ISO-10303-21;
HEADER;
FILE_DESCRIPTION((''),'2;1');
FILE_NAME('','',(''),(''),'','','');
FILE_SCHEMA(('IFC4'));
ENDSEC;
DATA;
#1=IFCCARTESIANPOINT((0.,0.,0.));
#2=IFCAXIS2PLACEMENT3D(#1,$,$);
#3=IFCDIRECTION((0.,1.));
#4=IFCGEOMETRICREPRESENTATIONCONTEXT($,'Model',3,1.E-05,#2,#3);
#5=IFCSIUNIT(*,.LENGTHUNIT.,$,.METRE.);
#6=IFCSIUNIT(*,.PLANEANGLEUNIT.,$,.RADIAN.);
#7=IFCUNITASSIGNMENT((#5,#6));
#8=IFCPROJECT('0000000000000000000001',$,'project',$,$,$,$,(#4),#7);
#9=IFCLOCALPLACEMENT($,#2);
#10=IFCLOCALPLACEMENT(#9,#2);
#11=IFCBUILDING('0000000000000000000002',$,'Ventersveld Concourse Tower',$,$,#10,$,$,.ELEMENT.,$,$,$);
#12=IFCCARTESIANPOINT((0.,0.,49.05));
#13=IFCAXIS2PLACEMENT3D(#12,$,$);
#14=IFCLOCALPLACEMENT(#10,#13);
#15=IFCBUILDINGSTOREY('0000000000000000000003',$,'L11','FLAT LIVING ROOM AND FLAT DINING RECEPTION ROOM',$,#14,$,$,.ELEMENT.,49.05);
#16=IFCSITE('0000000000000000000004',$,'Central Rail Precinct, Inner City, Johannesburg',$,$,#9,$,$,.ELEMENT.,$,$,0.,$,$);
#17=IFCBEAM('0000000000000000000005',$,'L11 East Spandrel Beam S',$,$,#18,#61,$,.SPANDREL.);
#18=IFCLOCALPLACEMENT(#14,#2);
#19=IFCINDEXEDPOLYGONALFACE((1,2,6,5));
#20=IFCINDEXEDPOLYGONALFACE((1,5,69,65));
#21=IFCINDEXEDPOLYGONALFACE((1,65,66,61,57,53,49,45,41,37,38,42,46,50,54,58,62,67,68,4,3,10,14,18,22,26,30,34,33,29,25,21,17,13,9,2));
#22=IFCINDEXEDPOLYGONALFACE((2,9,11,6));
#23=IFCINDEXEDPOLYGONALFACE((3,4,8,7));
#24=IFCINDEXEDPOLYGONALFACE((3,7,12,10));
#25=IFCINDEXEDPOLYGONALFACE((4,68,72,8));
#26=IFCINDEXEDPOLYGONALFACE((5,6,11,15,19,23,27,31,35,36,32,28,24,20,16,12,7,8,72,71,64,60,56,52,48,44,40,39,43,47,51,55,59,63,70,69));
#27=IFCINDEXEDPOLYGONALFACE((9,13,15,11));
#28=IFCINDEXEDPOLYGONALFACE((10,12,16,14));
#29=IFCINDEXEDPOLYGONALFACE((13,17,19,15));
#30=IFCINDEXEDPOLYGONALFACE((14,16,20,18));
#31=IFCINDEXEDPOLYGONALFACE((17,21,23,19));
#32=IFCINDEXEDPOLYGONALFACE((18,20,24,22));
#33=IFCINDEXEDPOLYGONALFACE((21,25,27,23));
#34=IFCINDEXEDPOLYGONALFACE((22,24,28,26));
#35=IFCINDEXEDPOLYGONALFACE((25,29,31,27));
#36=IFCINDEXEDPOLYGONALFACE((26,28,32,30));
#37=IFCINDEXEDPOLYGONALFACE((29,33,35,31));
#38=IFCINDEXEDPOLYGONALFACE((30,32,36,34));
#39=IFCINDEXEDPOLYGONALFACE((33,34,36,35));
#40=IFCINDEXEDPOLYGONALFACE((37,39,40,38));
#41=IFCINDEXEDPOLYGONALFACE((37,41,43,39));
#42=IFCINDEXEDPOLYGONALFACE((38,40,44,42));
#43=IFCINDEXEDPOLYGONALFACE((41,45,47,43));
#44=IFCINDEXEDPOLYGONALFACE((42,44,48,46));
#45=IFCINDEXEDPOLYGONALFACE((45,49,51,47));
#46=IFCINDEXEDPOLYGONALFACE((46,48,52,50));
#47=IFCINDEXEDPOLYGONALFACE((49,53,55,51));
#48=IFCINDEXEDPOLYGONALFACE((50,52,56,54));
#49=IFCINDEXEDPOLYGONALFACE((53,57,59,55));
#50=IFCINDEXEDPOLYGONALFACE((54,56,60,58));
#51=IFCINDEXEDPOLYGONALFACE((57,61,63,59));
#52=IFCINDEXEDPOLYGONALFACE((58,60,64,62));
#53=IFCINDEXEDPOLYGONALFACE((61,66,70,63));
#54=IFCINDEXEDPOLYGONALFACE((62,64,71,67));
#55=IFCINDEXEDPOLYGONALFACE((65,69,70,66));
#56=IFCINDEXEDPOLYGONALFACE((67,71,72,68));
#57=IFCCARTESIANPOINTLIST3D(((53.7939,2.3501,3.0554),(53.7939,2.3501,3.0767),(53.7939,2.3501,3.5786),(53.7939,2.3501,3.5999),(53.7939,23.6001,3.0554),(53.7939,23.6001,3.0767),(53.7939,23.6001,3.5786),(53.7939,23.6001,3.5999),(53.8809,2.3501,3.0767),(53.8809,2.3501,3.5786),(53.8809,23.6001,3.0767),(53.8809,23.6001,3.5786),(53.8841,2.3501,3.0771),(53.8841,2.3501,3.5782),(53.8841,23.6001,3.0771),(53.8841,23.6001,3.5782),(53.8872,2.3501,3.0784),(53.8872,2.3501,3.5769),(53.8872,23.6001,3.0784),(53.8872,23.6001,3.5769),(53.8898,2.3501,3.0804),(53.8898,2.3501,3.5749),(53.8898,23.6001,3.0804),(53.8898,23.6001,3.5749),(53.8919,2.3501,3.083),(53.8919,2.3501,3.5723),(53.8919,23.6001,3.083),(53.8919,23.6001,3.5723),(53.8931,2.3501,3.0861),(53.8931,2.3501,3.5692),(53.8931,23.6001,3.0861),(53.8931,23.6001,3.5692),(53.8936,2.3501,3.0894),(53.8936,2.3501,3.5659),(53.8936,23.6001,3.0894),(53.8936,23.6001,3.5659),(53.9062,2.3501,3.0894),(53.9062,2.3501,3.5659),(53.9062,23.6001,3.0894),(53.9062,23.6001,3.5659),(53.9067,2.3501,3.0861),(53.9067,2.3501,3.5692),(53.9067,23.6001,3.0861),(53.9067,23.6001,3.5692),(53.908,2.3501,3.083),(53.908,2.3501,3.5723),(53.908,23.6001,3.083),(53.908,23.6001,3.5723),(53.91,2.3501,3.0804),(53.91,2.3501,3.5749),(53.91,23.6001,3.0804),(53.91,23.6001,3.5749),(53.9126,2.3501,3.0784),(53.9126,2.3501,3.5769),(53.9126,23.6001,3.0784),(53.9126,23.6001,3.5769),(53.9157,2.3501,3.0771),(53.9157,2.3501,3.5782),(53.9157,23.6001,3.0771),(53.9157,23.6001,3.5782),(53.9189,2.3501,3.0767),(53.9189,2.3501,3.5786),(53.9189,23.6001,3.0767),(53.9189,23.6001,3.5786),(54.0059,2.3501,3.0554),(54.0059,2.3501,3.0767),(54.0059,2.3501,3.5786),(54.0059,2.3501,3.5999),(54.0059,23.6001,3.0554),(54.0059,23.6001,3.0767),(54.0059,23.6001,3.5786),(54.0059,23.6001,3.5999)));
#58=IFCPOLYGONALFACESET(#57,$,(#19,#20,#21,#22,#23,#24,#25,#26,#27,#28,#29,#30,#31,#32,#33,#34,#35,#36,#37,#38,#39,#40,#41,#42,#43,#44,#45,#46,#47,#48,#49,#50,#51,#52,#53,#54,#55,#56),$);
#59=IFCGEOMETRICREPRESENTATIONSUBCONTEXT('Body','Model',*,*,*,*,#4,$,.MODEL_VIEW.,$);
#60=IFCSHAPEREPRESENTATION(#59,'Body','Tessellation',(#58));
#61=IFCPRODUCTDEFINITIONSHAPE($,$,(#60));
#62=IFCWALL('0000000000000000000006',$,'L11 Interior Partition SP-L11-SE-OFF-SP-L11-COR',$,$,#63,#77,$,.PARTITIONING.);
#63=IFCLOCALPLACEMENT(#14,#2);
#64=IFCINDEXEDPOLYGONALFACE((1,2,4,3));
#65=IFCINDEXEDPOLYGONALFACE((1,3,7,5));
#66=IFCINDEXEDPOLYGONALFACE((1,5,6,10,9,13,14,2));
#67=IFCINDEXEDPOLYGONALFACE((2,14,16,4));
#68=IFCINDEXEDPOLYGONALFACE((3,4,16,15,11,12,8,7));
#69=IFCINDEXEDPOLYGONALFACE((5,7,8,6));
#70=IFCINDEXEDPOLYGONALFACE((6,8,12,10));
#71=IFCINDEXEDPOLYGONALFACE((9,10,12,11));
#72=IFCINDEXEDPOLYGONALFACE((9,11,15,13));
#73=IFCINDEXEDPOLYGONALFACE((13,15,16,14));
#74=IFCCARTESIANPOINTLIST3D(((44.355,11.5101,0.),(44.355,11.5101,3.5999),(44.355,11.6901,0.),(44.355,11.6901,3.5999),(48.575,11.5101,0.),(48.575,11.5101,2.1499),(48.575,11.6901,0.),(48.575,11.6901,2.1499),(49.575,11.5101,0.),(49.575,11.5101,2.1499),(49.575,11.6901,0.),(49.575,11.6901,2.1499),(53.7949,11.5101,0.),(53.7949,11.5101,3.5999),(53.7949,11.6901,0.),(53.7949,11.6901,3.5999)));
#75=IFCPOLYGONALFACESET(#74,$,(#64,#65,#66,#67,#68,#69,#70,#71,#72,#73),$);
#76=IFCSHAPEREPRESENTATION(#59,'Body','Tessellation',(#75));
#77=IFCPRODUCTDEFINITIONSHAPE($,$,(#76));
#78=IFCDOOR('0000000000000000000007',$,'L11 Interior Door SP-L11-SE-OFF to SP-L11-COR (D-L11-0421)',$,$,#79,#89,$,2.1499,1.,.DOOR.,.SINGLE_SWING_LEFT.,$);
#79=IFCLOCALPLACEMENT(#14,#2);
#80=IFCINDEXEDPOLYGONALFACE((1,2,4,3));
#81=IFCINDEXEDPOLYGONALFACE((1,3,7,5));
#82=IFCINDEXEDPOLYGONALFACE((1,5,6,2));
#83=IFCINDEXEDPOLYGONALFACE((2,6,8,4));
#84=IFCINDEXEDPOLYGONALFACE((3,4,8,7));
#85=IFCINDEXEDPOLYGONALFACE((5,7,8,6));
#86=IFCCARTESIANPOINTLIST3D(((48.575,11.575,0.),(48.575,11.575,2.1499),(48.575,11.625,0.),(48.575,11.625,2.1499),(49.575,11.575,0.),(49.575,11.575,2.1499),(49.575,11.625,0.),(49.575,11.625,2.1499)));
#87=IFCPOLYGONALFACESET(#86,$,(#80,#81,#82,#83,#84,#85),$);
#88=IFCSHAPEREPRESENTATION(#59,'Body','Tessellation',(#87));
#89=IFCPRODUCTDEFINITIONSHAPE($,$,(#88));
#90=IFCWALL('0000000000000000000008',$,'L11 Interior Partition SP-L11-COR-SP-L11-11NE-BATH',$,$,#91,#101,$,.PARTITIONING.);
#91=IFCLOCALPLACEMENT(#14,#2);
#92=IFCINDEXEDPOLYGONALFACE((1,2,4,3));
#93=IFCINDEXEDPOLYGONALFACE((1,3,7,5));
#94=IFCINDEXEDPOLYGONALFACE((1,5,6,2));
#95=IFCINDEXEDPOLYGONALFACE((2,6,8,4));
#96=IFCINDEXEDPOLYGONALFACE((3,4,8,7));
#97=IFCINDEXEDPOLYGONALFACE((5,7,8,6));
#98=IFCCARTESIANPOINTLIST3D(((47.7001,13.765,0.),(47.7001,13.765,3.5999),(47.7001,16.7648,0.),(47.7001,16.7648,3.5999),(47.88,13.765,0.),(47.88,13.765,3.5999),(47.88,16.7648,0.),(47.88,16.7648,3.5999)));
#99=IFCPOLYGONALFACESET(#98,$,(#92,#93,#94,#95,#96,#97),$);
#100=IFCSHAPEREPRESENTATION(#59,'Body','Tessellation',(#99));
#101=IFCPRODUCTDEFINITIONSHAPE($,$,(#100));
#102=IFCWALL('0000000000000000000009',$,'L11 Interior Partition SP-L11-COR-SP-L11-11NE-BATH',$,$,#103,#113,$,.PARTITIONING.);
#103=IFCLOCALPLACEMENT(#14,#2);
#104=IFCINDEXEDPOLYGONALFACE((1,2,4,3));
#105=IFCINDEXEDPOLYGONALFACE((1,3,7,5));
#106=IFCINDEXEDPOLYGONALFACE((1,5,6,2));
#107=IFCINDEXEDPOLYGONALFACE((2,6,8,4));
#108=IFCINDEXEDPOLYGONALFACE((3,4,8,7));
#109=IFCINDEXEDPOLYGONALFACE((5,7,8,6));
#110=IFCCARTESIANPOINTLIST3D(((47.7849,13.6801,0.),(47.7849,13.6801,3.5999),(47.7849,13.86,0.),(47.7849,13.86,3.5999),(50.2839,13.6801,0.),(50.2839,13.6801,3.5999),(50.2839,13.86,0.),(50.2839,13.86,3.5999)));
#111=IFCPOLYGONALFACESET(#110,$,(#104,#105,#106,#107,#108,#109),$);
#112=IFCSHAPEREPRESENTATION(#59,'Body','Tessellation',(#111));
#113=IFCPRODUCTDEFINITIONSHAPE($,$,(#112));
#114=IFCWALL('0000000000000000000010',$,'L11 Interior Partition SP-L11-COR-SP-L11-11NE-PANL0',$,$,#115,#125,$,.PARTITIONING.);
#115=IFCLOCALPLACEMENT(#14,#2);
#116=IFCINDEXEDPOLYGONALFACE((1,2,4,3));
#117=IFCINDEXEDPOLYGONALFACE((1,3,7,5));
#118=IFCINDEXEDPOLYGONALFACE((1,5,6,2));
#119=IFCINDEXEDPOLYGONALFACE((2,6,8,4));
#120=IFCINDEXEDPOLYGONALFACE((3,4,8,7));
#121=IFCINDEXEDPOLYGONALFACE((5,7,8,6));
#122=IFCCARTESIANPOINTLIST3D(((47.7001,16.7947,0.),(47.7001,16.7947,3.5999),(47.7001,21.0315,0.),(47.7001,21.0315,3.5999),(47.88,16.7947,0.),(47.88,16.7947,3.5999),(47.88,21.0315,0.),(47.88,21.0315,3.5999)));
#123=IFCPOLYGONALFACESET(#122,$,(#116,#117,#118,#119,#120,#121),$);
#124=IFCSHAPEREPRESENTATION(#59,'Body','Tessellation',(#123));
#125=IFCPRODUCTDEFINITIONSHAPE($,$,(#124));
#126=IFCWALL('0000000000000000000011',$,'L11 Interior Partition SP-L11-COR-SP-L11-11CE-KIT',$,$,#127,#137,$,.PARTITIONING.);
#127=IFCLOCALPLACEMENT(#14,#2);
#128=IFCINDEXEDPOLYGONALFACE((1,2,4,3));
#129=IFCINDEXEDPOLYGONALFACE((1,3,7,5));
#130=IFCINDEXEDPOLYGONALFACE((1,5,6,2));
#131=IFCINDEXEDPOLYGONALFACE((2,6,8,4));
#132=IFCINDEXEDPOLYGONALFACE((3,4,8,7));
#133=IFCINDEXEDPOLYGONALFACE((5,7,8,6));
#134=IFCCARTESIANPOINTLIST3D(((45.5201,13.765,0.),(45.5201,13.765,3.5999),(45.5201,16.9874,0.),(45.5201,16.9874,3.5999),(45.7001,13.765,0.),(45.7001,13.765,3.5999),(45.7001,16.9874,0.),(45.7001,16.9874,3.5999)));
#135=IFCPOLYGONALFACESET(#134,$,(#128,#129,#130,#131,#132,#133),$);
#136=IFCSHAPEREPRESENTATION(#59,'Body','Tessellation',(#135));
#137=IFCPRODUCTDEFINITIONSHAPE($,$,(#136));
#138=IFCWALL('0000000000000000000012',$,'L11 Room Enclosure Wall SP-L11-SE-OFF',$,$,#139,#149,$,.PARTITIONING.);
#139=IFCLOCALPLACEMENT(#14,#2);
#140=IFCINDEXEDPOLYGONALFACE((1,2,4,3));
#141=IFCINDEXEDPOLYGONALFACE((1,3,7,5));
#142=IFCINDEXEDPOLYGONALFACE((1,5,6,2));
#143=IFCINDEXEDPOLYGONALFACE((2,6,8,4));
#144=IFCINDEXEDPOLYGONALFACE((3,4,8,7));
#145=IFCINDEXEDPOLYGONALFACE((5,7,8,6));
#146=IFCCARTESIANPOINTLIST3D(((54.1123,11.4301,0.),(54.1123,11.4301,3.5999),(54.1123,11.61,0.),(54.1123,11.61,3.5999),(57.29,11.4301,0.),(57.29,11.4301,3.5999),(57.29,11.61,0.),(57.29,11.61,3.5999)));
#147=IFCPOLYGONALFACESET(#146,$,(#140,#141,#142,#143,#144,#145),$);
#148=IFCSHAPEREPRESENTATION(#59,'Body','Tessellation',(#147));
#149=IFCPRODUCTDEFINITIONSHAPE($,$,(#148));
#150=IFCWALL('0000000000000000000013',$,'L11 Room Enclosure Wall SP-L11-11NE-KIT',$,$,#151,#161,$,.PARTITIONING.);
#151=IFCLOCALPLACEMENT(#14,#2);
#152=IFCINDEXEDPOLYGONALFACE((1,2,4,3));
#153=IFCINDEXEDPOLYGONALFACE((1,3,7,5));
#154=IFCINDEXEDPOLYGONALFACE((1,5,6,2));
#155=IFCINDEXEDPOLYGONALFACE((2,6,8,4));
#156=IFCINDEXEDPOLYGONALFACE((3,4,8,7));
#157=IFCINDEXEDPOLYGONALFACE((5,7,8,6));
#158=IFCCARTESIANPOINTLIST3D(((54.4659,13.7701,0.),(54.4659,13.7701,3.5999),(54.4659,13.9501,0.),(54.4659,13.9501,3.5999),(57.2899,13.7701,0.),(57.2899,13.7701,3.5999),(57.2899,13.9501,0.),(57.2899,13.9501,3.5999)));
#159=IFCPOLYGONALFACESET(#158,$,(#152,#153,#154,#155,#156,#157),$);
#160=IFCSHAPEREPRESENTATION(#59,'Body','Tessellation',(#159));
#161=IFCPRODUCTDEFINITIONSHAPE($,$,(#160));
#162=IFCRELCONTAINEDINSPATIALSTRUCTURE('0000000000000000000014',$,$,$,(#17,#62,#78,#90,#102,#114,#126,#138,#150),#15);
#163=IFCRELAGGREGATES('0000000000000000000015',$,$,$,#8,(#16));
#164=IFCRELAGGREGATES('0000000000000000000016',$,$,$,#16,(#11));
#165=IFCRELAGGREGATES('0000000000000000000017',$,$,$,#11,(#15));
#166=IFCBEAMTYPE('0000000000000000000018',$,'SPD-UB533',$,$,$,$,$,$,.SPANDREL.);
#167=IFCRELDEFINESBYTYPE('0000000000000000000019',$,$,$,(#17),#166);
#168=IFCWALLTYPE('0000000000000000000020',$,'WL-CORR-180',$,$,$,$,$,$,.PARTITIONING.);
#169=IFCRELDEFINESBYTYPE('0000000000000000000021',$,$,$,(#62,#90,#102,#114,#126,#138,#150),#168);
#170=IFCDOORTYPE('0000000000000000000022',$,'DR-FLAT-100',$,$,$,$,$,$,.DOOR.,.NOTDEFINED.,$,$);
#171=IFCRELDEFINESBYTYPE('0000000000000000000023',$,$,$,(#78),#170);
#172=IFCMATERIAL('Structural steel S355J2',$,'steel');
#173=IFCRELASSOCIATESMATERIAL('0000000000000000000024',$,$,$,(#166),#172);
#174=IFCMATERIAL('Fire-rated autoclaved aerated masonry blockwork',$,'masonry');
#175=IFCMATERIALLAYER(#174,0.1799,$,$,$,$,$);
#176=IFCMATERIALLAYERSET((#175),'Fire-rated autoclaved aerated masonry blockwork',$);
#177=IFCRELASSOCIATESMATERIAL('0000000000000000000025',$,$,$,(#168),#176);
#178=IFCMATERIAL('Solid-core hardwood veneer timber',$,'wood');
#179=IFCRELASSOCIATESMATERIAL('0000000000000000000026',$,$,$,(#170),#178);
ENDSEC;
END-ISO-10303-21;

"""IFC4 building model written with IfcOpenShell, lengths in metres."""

from ifc_helpers import new_model, si_unit, direction, frame, frame_2d, origin, origin_2d, place, context, subcontext, project, spatial, rectangle, i_section, extrude, material, layer, layer_set, material_profile, profile_set, type_object, element, fill, save


model = new_model("IFC4")

# Units and contexts
model_context = context("Model", 3, precision=1e-05, world=origin(), true_north=direction((0.0, 1.0)))
body_context = subcontext(model_context, "Body", "Model", "MODEL_VIEW")
ifc_project = project(units=[si_unit("LENGTHUNIT", "METRE"), si_unit("PLANEANGLEUNIT", "RADIAN")], contexts=[model_context])

# Site, building, storey
site_placement = place(None, origin())
site = spatial("IfcSite", under=ifc_project, at=site_placement, Name="Central Rail Precinct, Inner City, Johannesburg", CompositionType="ELEMENT", RefElevation=0.0)
building_placement = place(site_placement, origin())
building = spatial("IfcBuilding", under=site, at=building_placement, Name="Ventersveld Concourse Tower", CompositionType="ELEMENT")
storey_placement = place(building_placement, frame((0.0, 0.0, 49.05)))
storey = spatial("IfcBuildingStorey", under=building, at=storey_placement, Name="L11", Description="FLAT LIVING ROOM AND FLAT DINING RECEPTION ROOM", CompositionType="ELEMENT", Elevation=49.05)

# Shared definitions
ifc_material_1 = material(Name="Structural steel S355J2", Category="steel")

# Beam
ifc_material_profile_1 = material_profile(ifc_material_1, i_section(OverallWidth=0.2119, OverallDepth=0.5444, WebThickness=0.0127, FlangeThickness=0.0212, FilletRadius=0.0127, at=origin_2d()), Name="UB 533x210x122")
ifc_profile_set_1 = profile_set([ifc_material_profile_1], Name="Structural steel S355J2")
beam_type_1 = type_object("IfcBeamType", Name="SPD-UB533", PredefinedType="SPANDREL", material=ifc_profile_set_1)
beam_1_placement = place(storey_placement, frame((53.8999, 2.3501, 3.3276), z_axis=(0.0, 1.0, 0.0), x_axis=(-1.0, 0.0, 0.0)))
element("IfcBeam", 1, at=beam_1_placement, inside=storey, type_object=beam_type_1, Name="L11 East Spandrel Beam S", PredefinedType="SPANDREL", context=body_context, shape_type="SweptSolid", body=[
    extrude(i_section(OverallWidth=0.2119, OverallDepth=0.5444, WebThickness=0.0127, FlangeThickness=0.0212, FilletRadius=0.0127, at=origin_2d()), origin(), (0.0, 0.0, 1.0), 21.25),
])

# Wall, opening, door
ifc_material_2 = material(Name="Fire-rated autoclaved aerated masonry blockwork", Category="masonry")
ifc_layer_1 = layer(ifc_material_2, 0.1799)
ifc_layer_set_1 = layer_set([ifc_layer_1], Name="Fire-rated autoclaved aerated masonry blockwork")
wall_type_1 = type_object("IfcWallType", Name="WL-CORR-180", PredefinedType="PARTITIONING", material=ifc_layer_set_1)
wall_1_placement = place(storey_placement, frame((44.355, 11.6001, 0.0), z_axis=(0.0, 0.0, 1.0), x_axis=(1.0, 0.0, 0.0)))
wall_1 = element("IfcWall", 2, at=wall_1_placement, inside=storey, type_object=wall_type_1, Name="L11 Interior Partition SP-L11-SE-OFF-SP-L11-COR", PredefinedType="PARTITIONING", context=body_context, shape_type="SweptSolid", body=[
    extrude(rectangle(XDim=9.4399, YDim=0.1799, at=frame_2d((4.72, 0.0))), origin(), (0.0, 0.0, 1.0), 3.5999),
])
opening_1_placement = place(wall_1_placement, frame((4.22, 0.0, 0.0)))
opening_1 = element("IfcOpeningElement", 3, at=opening_1_placement, cuts=wall_1, PredefinedType="OPENING", context=body_context, shape_type="SweptSolid", body=[
    extrude(rectangle(XDim=1.0, YDim=2.1499, at=frame_2d((0.5, 1.075))), frame((0.0, 0.1001, 0.0), z_axis=(0.0, -1.0, 0.0), x_axis=(1.0, 0.0, 0.0)), (0.0, 0.0, 1.0), 0.2),
])
ifc_material_3 = material(Name="Solid-core hardwood veneer timber", Category="wood")
door_type_1 = type_object("IfcDoorType", Name="DR-FLAT-100", OperationType="NOTDEFINED", PredefinedType="DOOR", material=ifc_material_3)
door_1_placement = place(opening_1_placement, origin())
door_1 = element("IfcDoor", 4, at=door_1_placement, inside=storey, type_object=door_type_1, Name="L11 Interior Door SP-L11-SE-OFF to SP-L11-COR (D-L11-0421)", OperationType="SINGLE_SWING_LEFT", OverallHeight=2.1499, OverallWidth=1.0, PredefinedType="DOOR", context=body_context, shape_type="SweptSolid", body=[
    extrude(rectangle(XDim=1.0, YDim=2.1499, at=frame_2d((0.5, 1.075))), frame((0.0, 0.0249, 0.0), z_axis=(0.0, -1.0, 0.0), x_axis=(1.0, 0.0, 0.0)), (0.0, 0.0, 1.0), 0.05),
])
fill(opening_1, door_1)

# Walls
wall_2_placement = place(storey_placement, frame((47.79, 13.7649, 0.0), z_axis=(0.0, 0.0, 1.0), x_axis=(0.0, 1.0, 0.0)))
element("IfcWall", 5, at=wall_2_placement, inside=storey, type_object=wall_type_1, Name="L11 Interior Partition SP-L11-COR-SP-L11-11NE-BATH", PredefinedType="PARTITIONING", context=body_context, shape_type="SweptSolid", body=[
    extrude(rectangle(XDim=2.9998, YDim=0.1799, at=frame_2d((1.5, 0.0))), origin(), (0.0, 0.0, 1.0), 3.5999),
])
wall_3_placement = place(storey_placement, frame((47.7849, 13.77, 0.0), z_axis=(0.0, 0.0, 1.0), x_axis=(1.0, 0.0, 0.0)))
element("IfcWall", 6, at=wall_3_placement, inside=storey, type_object=wall_type_1, Name="L11 Interior Partition SP-L11-COR-SP-L11-11NE-BATH", PredefinedType="PARTITIONING", context=body_context, shape_type="SweptSolid", body=[
    extrude(rectangle(XDim=2.499, YDim=0.1799, at=frame_2d((1.2495, 0.0))), origin(), (0.0, 0.0, 1.0), 3.5999),
])
wall_4_placement = place(storey_placement, frame((47.79, 16.7947, 0.0), z_axis=(0.0, 0.0, 1.0), x_axis=(0.0, 1.0, 0.0)))
element("IfcWall", 7, at=wall_4_placement, inside=storey, type_object=wall_type_1, Name="L11 Interior Partition SP-L11-COR-SP-L11-11NE-PANL0", PredefinedType="PARTITIONING", context=body_context, shape_type="SweptSolid", body=[
    extrude(rectangle(XDim=4.2368, YDim=0.1799, at=frame_2d((2.1184, 0.0))), origin(), (0.0, 0.0, 1.0), 3.5999),
])
wall_5_placement = place(storey_placement, frame((45.6101, 13.7649, 0.0), z_axis=(0.0, 0.0, 1.0), x_axis=(0.0, 1.0, 0.0)))
element("IfcWall", 8, at=wall_5_placement, inside=storey, type_object=wall_type_1, Name="L11 Interior Partition SP-L11-COR-SP-L11-11CE-KIT", PredefinedType="PARTITIONING", context=body_context, shape_type="SweptSolid", body=[
    extrude(rectangle(XDim=3.2224, YDim=0.1799, at=frame_2d((1.6113, 0.0))), origin(), (0.0, 0.0, 1.0), 3.5999),
])
wall_6_placement = place(storey_placement, frame((54.1123, 11.52, 0.0), z_axis=(0.0, 0.0, 1.0), x_axis=(1.0, 0.0, 0.0)))
element("IfcWall", 9, at=wall_6_placement, inside=storey, type_object=wall_type_1, Name="L11 Room Enclosure Wall SP-L11-SE-OFF", PredefinedType="PARTITIONING", context=body_context, shape_type="SweptSolid", body=[
    extrude(rectangle(XDim=3.1777, YDim=0.1799, at=frame_2d((1.5889, 0.0))), origin(), (0.0, 0.0, 1.0), 3.5999),
])
wall_7_placement = place(storey_placement, frame((57.29, 13.8601, 0.0), z_axis=(0.0, 0.0, 1.0), x_axis=(-1.0, 0.0, 0.0)))
element("IfcWall", 10, at=wall_7_placement, inside=storey, type_object=wall_type_1, Name="L11 Room Enclosure Wall SP-L11-11NE-KIT", PredefinedType="PARTITIONING", context=body_context, shape_type="SweptSolid", body=[
    extrude(rectangle(XDim=2.824, YDim=0.1799, at=frame_2d((1.4121, 0.0))), origin(), (0.0, 0.0, 1.0), 3.5999),
])

save(model, "model.ifc")
